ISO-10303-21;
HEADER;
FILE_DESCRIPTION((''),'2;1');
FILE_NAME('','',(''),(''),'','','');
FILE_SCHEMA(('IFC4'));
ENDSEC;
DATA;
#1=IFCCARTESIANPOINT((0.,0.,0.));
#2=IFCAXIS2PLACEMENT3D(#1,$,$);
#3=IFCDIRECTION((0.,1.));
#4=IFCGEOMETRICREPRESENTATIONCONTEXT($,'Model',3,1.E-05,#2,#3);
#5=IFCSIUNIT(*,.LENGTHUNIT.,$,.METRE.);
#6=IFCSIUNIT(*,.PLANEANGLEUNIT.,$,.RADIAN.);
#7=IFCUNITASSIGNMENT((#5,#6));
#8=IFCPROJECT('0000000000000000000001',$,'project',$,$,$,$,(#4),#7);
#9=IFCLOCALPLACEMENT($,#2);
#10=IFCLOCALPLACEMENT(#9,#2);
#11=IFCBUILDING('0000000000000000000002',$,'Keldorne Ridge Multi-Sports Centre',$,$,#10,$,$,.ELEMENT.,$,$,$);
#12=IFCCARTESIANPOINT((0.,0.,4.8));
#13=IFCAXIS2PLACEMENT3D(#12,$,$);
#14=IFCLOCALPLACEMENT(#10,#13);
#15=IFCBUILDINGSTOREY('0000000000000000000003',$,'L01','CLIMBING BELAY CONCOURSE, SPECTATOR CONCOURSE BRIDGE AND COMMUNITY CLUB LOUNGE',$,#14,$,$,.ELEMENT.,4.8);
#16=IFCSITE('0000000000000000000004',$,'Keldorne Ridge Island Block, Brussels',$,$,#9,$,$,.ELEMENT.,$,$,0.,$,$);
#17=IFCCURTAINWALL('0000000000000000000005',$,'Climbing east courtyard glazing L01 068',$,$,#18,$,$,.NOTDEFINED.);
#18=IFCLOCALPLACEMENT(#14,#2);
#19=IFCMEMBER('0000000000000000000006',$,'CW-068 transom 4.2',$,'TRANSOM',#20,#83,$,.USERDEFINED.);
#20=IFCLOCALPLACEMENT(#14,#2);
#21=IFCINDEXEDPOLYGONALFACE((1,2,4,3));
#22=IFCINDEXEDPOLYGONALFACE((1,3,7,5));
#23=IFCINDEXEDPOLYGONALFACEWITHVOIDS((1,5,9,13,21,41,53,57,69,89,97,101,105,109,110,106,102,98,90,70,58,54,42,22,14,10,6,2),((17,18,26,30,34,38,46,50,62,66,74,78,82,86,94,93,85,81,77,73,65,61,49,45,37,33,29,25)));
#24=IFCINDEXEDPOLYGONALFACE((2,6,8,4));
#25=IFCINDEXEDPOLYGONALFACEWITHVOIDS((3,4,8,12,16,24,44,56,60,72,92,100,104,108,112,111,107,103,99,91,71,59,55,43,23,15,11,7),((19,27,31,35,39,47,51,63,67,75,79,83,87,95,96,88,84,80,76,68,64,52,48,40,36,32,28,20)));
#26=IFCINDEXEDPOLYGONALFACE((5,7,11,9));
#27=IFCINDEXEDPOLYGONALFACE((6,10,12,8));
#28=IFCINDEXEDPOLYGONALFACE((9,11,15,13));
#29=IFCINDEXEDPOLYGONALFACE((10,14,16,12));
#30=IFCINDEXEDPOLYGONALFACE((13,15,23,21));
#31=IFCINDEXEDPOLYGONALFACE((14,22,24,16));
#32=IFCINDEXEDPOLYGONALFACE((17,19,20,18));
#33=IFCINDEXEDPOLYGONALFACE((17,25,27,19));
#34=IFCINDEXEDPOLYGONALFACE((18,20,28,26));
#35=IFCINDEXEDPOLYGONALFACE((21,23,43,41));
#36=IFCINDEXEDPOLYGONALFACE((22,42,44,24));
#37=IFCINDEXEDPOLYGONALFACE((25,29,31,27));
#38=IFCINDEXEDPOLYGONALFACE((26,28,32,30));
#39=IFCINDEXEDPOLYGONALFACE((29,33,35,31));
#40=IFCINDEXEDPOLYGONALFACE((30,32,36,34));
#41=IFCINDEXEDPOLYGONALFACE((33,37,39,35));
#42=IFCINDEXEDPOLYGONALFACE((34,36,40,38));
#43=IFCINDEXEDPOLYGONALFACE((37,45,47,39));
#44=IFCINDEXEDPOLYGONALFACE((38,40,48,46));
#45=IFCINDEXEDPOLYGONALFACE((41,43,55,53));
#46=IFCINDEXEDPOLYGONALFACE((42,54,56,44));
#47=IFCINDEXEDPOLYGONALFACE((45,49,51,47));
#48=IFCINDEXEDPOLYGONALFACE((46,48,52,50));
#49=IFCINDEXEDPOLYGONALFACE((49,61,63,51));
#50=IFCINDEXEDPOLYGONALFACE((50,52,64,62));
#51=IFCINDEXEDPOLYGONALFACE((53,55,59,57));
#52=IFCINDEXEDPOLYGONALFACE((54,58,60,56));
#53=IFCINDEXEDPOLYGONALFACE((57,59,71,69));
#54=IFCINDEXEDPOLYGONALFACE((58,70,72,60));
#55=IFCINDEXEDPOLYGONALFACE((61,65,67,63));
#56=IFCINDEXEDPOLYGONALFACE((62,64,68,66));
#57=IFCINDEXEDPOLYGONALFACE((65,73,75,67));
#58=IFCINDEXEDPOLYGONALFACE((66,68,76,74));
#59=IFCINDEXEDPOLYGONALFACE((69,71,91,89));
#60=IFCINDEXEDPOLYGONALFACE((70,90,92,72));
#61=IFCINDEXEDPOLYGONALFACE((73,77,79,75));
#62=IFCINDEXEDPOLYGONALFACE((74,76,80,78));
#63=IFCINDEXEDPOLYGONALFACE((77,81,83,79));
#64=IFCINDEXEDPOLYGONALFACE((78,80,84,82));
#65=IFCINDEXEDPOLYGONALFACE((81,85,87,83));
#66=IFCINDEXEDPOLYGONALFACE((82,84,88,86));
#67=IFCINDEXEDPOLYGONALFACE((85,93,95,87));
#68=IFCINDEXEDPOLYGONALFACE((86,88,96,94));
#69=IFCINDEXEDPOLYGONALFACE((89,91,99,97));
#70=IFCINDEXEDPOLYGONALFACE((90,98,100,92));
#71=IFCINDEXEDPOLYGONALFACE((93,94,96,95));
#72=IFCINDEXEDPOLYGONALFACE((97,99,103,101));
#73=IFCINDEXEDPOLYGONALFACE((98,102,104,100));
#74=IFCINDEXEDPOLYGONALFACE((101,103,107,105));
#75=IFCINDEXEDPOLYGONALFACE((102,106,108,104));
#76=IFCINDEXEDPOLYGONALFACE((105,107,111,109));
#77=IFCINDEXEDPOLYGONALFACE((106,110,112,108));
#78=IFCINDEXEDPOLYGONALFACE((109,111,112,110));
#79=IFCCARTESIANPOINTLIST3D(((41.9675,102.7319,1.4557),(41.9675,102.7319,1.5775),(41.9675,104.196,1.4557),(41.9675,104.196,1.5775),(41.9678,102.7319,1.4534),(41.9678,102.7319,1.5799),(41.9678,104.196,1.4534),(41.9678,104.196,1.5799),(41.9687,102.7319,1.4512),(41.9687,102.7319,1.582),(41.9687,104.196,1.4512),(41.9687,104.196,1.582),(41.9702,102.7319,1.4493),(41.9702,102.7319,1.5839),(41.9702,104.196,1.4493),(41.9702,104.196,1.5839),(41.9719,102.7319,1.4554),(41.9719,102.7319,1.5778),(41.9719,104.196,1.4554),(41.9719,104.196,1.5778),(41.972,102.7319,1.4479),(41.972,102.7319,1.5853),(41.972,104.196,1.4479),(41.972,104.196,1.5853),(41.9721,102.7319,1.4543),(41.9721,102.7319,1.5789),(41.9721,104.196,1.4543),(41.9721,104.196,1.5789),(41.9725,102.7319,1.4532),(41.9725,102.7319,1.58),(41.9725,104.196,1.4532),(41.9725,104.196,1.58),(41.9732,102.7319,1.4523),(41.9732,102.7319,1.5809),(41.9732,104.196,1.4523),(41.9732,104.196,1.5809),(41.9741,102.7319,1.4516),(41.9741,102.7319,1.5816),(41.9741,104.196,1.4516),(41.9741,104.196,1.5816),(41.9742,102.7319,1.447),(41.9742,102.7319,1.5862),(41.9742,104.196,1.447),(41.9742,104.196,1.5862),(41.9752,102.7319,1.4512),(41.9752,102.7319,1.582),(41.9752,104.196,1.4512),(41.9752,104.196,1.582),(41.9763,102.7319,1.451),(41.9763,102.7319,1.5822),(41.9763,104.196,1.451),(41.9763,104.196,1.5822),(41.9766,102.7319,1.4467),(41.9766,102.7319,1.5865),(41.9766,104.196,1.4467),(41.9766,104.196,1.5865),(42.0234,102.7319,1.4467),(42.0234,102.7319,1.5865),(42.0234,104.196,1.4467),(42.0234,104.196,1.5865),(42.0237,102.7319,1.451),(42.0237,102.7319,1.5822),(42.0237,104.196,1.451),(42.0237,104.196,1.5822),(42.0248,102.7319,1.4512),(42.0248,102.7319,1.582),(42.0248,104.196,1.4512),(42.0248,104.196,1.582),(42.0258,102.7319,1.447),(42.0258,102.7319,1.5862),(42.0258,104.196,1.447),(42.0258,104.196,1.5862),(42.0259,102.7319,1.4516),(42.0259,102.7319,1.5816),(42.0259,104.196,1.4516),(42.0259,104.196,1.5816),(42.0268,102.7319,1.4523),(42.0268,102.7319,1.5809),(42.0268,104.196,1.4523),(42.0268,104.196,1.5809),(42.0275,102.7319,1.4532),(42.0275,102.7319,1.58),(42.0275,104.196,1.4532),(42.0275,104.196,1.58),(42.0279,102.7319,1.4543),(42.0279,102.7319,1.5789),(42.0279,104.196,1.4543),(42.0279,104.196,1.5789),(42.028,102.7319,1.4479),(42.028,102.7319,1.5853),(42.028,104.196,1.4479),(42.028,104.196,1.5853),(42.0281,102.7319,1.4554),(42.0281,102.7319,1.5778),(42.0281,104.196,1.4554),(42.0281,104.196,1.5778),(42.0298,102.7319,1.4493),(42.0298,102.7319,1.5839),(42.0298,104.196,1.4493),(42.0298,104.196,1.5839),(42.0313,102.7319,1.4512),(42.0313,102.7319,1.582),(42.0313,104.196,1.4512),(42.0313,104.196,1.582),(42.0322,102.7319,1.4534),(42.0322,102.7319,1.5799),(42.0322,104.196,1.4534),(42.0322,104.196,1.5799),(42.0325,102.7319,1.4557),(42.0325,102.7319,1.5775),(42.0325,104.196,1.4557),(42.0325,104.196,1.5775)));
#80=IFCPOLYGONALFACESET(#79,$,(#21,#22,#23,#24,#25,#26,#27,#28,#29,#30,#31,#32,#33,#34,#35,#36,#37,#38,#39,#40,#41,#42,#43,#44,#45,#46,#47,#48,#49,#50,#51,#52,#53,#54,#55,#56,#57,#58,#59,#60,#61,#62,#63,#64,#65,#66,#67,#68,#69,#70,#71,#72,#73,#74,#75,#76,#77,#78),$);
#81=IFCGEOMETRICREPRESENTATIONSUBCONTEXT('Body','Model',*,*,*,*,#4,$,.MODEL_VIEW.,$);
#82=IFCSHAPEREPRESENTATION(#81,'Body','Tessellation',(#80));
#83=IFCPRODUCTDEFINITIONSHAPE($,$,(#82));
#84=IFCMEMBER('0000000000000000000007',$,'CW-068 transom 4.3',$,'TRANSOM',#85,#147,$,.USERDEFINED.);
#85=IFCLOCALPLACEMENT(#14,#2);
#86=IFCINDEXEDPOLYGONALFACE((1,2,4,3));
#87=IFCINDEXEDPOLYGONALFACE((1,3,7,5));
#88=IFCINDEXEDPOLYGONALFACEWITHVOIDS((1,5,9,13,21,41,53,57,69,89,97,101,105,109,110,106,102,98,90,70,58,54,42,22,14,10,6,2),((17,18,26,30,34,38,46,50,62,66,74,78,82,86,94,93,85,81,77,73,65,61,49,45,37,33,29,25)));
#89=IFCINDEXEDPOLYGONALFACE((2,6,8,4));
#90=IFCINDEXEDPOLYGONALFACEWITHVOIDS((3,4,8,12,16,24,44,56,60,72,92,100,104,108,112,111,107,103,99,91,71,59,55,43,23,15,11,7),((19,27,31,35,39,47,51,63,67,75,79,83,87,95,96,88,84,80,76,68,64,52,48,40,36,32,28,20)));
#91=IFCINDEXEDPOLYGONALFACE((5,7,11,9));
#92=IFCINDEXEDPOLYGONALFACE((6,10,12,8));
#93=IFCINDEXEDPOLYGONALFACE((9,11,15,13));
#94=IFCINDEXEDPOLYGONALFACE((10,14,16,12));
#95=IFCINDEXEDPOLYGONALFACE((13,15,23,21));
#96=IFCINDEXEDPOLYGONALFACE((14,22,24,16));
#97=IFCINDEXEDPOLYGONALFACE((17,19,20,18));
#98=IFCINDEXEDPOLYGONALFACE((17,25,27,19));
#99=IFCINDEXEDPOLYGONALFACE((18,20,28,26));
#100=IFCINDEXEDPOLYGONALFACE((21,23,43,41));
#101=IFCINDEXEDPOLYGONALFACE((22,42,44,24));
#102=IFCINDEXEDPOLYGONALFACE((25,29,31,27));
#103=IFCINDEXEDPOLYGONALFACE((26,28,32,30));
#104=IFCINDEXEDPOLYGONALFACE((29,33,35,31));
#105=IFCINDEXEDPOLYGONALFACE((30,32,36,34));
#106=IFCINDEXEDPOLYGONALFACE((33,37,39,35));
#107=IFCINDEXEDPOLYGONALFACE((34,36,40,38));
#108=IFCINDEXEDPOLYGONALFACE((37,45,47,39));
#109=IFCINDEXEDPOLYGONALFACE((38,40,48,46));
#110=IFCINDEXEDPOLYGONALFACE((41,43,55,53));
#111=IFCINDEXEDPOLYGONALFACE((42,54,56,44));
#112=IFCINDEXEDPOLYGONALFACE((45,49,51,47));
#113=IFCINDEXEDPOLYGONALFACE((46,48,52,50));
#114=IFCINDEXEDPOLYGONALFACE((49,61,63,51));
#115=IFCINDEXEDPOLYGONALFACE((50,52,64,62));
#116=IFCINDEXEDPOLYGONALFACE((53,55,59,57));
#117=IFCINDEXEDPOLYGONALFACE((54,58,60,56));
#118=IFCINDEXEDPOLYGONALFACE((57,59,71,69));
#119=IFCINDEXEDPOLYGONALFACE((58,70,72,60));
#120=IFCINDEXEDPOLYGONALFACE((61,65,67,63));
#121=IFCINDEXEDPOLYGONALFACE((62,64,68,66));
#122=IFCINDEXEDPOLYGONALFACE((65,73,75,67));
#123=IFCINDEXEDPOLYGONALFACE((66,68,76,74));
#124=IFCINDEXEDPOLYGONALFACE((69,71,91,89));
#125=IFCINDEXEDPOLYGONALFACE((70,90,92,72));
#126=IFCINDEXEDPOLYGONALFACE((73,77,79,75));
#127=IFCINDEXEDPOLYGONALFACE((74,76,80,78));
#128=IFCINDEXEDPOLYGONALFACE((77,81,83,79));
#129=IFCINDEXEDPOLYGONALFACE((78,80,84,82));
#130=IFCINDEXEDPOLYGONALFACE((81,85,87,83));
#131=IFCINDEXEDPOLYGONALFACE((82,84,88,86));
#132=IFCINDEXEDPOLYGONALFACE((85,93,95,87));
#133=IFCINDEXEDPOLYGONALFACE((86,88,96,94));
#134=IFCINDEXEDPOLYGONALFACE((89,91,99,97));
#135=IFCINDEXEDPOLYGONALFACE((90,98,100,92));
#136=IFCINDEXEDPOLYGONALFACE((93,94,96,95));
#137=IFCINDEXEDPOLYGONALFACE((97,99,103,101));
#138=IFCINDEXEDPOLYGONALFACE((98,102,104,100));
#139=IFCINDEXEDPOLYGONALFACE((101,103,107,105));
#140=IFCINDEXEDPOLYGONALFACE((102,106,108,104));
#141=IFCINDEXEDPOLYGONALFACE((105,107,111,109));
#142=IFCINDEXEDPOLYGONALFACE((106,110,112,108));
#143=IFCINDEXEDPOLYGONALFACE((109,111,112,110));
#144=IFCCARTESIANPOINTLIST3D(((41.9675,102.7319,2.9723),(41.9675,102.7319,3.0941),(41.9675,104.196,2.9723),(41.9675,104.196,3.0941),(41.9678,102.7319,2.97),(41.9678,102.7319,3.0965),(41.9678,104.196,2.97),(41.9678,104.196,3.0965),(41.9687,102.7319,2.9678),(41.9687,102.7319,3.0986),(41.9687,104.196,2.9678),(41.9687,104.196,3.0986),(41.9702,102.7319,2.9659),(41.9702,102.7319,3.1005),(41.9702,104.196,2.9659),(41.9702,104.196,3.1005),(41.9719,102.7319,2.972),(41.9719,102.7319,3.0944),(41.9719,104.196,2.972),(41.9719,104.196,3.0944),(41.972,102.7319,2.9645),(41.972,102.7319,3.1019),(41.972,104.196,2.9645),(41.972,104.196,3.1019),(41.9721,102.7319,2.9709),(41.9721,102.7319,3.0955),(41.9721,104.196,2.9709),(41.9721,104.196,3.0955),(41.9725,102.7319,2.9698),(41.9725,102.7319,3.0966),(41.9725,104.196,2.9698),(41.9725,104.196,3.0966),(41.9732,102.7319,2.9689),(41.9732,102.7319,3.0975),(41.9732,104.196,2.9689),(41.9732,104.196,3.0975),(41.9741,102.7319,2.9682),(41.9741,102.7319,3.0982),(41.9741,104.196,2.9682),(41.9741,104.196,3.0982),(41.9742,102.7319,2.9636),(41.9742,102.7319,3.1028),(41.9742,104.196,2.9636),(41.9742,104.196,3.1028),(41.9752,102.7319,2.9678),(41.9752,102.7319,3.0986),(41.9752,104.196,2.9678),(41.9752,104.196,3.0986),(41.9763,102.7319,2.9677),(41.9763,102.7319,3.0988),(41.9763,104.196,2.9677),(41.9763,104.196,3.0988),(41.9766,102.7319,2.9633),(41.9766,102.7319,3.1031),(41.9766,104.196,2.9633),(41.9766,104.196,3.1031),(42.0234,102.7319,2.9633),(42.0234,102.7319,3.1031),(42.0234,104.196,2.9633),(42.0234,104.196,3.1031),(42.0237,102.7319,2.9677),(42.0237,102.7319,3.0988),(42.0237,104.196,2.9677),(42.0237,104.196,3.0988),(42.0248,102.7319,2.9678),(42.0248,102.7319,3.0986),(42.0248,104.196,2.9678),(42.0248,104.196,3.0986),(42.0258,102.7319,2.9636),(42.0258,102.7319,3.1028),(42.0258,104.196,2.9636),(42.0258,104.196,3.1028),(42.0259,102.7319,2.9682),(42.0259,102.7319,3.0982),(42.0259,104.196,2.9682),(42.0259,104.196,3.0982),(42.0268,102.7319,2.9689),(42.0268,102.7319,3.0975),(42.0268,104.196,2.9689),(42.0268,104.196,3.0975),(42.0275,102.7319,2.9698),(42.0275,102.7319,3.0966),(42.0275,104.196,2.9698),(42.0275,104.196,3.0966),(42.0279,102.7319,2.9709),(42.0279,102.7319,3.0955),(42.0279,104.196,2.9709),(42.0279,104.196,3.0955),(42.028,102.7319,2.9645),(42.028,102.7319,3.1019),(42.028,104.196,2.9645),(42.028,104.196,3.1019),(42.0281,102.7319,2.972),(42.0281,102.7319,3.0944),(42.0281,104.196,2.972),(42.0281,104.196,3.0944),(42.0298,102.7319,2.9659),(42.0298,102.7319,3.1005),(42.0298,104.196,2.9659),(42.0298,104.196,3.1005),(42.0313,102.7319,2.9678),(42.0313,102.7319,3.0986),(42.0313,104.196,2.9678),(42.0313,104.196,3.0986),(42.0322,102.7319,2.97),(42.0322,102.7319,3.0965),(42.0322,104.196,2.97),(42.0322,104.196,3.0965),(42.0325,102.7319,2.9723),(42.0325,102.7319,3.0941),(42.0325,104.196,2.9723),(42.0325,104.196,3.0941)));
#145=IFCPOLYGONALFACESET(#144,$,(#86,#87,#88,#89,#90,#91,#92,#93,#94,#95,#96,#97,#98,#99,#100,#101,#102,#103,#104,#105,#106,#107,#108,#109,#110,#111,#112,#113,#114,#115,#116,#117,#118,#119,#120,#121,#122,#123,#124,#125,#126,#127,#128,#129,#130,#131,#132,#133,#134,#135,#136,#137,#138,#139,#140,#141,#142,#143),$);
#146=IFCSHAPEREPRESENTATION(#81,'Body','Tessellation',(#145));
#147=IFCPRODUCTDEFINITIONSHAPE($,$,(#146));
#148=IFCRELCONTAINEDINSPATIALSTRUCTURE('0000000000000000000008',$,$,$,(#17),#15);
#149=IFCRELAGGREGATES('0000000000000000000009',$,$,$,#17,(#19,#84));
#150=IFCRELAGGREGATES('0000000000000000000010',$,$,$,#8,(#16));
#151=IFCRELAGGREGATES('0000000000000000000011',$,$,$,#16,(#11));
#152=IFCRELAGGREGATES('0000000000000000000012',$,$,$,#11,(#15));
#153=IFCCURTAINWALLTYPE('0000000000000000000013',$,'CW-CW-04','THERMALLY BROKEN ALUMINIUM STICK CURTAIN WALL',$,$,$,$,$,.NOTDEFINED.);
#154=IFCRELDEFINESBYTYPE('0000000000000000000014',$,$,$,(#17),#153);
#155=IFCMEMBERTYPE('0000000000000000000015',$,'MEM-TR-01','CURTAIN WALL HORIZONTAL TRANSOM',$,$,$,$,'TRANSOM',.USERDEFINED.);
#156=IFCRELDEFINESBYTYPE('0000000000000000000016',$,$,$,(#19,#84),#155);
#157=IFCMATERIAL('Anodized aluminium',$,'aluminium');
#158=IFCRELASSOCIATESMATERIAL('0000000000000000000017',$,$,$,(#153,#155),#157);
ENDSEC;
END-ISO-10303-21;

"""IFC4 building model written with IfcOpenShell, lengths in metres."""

from ifc_helpers import new_model, si_unit, direction, frame, origin, origin_2d, place, context, subcontext, project, spatial, hollow_rectangle, extrude, material, material_profile, profile_set, type_object, element, aggregate, save


model = new_model("IFC4")

# Units and contexts
model_context = context("Model", 3, precision=1e-05, world=origin(), true_north=direction((0.0, 1.0)))
body_context = subcontext(model_context, "Body", "Model", "MODEL_VIEW")
ifc_project = project(units=[si_unit("LENGTHUNIT", "METRE"), si_unit("PLANEANGLEUNIT", "RADIAN")], contexts=[model_context])

# Site, building, storey
site_placement = place(None, origin())
site = spatial("IfcSite", under=ifc_project, at=site_placement, Name="Keldorne Ridge Island Block, Brussels", CompositionType="ELEMENT", RefElevation=0.0)
building_placement = place(site_placement, origin())
building = spatial("IfcBuilding", under=site, at=building_placement, Name="Keldorne Ridge Multi-Sports Centre", CompositionType="ELEMENT")
storey_placement = place(building_placement, frame((0.0, 0.0, 4.8)))
storey = spatial("IfcBuildingStorey", under=building, at=storey_placement, Name="L01", Description="CLIMBING BELAY CONCOURSE, SPECTATOR CONCOURSE BRIDGE AND COMMUNITY CLUB LOUNGE", CompositionType="ELEMENT", Elevation=4.8)

# Curtain wall
ifc_material_1 = material(Name="Anodized aluminium", Category="aluminium")
curtain_wall_type_1 = type_object("IfcCurtainWallType", Name="CW-CW-04", Description="THERMALLY BROKEN ALUMINIUM STICK CURTAIN WALL", PredefinedType="NOTDEFINED", material=ifc_material_1)
curtain_wall_1_placement = place(storey_placement, origin())
curtain_wall_1 = element("IfcCurtainWall", 1, at=curtain_wall_1_placement, inside=storey, type_object=curtain_wall_type_1, Name="Climbing east courtyard glazing L01 068", PredefinedType="NOTDEFINED")

# Members
ifc_material_profile_1 = material_profile(ifc_material_1, hollow_rectangle(XDim=0.0649, YDim=0.1399, WallThickness=0.0044, InnerFilletRadius=0.0044, OuterFilletRadius=0.009, at=origin_2d()), Name="ALU TRANSOM 140x65x4.5")
ifc_profile_set_1 = profile_set([ifc_material_profile_1], Name="Anodized aluminium")
member_type_1 = type_object("IfcMemberType", Name="MEM-TR-01", Description="CURTAIN WALL HORIZONTAL TRANSOM", ElementType="TRANSOM", PredefinedType="USERDEFINED", material=ifc_profile_set_1)
member_1_placement = place(storey_placement, frame((42.0, 102.7319, 1.5166), z_axis=(0.0, 1.0, 0.0), x_axis=(-1.0, 0.0, 0.0)))
member_1 = element("IfcMember", 2, at=member_1_placement, type_object=member_type_1, Name="CW-068 transom 4.2", ObjectType="TRANSOM", PredefinedType="USERDEFINED", context=body_context, shape_type="SweptSolid", body=[
    extrude(hollow_rectangle(XDim=0.0649, YDim=0.1399, WallThickness=0.0044, InnerFilletRadius=0.0044, OuterFilletRadius=0.009, at=origin_2d()), origin(), (0.0, 0.0, 1.0), 1.4641),
])
member_2_placement = place(storey_placement, frame((42.0, 102.7319, 3.0332), z_axis=(0.0, 1.0, 0.0), x_axis=(-1.0, 0.0, 0.0)))
member_2 = element("IfcMember", 3, at=member_2_placement, type_object=member_type_1, Name="CW-068 transom 4.3", ObjectType="TRANSOM", PredefinedType="USERDEFINED", context=body_context, shape_type="SweptSolid", body=[
    extrude(hollow_rectangle(XDim=0.0649, YDim=0.1399, WallThickness=0.0044, InnerFilletRadius=0.0044, OuterFilletRadius=0.009, at=origin_2d()), origin(), (0.0, 0.0, 1.0), 1.4641),
])

aggregate(curtain_wall_1, [member_1, member_2])

save(model, "model.ifc")
